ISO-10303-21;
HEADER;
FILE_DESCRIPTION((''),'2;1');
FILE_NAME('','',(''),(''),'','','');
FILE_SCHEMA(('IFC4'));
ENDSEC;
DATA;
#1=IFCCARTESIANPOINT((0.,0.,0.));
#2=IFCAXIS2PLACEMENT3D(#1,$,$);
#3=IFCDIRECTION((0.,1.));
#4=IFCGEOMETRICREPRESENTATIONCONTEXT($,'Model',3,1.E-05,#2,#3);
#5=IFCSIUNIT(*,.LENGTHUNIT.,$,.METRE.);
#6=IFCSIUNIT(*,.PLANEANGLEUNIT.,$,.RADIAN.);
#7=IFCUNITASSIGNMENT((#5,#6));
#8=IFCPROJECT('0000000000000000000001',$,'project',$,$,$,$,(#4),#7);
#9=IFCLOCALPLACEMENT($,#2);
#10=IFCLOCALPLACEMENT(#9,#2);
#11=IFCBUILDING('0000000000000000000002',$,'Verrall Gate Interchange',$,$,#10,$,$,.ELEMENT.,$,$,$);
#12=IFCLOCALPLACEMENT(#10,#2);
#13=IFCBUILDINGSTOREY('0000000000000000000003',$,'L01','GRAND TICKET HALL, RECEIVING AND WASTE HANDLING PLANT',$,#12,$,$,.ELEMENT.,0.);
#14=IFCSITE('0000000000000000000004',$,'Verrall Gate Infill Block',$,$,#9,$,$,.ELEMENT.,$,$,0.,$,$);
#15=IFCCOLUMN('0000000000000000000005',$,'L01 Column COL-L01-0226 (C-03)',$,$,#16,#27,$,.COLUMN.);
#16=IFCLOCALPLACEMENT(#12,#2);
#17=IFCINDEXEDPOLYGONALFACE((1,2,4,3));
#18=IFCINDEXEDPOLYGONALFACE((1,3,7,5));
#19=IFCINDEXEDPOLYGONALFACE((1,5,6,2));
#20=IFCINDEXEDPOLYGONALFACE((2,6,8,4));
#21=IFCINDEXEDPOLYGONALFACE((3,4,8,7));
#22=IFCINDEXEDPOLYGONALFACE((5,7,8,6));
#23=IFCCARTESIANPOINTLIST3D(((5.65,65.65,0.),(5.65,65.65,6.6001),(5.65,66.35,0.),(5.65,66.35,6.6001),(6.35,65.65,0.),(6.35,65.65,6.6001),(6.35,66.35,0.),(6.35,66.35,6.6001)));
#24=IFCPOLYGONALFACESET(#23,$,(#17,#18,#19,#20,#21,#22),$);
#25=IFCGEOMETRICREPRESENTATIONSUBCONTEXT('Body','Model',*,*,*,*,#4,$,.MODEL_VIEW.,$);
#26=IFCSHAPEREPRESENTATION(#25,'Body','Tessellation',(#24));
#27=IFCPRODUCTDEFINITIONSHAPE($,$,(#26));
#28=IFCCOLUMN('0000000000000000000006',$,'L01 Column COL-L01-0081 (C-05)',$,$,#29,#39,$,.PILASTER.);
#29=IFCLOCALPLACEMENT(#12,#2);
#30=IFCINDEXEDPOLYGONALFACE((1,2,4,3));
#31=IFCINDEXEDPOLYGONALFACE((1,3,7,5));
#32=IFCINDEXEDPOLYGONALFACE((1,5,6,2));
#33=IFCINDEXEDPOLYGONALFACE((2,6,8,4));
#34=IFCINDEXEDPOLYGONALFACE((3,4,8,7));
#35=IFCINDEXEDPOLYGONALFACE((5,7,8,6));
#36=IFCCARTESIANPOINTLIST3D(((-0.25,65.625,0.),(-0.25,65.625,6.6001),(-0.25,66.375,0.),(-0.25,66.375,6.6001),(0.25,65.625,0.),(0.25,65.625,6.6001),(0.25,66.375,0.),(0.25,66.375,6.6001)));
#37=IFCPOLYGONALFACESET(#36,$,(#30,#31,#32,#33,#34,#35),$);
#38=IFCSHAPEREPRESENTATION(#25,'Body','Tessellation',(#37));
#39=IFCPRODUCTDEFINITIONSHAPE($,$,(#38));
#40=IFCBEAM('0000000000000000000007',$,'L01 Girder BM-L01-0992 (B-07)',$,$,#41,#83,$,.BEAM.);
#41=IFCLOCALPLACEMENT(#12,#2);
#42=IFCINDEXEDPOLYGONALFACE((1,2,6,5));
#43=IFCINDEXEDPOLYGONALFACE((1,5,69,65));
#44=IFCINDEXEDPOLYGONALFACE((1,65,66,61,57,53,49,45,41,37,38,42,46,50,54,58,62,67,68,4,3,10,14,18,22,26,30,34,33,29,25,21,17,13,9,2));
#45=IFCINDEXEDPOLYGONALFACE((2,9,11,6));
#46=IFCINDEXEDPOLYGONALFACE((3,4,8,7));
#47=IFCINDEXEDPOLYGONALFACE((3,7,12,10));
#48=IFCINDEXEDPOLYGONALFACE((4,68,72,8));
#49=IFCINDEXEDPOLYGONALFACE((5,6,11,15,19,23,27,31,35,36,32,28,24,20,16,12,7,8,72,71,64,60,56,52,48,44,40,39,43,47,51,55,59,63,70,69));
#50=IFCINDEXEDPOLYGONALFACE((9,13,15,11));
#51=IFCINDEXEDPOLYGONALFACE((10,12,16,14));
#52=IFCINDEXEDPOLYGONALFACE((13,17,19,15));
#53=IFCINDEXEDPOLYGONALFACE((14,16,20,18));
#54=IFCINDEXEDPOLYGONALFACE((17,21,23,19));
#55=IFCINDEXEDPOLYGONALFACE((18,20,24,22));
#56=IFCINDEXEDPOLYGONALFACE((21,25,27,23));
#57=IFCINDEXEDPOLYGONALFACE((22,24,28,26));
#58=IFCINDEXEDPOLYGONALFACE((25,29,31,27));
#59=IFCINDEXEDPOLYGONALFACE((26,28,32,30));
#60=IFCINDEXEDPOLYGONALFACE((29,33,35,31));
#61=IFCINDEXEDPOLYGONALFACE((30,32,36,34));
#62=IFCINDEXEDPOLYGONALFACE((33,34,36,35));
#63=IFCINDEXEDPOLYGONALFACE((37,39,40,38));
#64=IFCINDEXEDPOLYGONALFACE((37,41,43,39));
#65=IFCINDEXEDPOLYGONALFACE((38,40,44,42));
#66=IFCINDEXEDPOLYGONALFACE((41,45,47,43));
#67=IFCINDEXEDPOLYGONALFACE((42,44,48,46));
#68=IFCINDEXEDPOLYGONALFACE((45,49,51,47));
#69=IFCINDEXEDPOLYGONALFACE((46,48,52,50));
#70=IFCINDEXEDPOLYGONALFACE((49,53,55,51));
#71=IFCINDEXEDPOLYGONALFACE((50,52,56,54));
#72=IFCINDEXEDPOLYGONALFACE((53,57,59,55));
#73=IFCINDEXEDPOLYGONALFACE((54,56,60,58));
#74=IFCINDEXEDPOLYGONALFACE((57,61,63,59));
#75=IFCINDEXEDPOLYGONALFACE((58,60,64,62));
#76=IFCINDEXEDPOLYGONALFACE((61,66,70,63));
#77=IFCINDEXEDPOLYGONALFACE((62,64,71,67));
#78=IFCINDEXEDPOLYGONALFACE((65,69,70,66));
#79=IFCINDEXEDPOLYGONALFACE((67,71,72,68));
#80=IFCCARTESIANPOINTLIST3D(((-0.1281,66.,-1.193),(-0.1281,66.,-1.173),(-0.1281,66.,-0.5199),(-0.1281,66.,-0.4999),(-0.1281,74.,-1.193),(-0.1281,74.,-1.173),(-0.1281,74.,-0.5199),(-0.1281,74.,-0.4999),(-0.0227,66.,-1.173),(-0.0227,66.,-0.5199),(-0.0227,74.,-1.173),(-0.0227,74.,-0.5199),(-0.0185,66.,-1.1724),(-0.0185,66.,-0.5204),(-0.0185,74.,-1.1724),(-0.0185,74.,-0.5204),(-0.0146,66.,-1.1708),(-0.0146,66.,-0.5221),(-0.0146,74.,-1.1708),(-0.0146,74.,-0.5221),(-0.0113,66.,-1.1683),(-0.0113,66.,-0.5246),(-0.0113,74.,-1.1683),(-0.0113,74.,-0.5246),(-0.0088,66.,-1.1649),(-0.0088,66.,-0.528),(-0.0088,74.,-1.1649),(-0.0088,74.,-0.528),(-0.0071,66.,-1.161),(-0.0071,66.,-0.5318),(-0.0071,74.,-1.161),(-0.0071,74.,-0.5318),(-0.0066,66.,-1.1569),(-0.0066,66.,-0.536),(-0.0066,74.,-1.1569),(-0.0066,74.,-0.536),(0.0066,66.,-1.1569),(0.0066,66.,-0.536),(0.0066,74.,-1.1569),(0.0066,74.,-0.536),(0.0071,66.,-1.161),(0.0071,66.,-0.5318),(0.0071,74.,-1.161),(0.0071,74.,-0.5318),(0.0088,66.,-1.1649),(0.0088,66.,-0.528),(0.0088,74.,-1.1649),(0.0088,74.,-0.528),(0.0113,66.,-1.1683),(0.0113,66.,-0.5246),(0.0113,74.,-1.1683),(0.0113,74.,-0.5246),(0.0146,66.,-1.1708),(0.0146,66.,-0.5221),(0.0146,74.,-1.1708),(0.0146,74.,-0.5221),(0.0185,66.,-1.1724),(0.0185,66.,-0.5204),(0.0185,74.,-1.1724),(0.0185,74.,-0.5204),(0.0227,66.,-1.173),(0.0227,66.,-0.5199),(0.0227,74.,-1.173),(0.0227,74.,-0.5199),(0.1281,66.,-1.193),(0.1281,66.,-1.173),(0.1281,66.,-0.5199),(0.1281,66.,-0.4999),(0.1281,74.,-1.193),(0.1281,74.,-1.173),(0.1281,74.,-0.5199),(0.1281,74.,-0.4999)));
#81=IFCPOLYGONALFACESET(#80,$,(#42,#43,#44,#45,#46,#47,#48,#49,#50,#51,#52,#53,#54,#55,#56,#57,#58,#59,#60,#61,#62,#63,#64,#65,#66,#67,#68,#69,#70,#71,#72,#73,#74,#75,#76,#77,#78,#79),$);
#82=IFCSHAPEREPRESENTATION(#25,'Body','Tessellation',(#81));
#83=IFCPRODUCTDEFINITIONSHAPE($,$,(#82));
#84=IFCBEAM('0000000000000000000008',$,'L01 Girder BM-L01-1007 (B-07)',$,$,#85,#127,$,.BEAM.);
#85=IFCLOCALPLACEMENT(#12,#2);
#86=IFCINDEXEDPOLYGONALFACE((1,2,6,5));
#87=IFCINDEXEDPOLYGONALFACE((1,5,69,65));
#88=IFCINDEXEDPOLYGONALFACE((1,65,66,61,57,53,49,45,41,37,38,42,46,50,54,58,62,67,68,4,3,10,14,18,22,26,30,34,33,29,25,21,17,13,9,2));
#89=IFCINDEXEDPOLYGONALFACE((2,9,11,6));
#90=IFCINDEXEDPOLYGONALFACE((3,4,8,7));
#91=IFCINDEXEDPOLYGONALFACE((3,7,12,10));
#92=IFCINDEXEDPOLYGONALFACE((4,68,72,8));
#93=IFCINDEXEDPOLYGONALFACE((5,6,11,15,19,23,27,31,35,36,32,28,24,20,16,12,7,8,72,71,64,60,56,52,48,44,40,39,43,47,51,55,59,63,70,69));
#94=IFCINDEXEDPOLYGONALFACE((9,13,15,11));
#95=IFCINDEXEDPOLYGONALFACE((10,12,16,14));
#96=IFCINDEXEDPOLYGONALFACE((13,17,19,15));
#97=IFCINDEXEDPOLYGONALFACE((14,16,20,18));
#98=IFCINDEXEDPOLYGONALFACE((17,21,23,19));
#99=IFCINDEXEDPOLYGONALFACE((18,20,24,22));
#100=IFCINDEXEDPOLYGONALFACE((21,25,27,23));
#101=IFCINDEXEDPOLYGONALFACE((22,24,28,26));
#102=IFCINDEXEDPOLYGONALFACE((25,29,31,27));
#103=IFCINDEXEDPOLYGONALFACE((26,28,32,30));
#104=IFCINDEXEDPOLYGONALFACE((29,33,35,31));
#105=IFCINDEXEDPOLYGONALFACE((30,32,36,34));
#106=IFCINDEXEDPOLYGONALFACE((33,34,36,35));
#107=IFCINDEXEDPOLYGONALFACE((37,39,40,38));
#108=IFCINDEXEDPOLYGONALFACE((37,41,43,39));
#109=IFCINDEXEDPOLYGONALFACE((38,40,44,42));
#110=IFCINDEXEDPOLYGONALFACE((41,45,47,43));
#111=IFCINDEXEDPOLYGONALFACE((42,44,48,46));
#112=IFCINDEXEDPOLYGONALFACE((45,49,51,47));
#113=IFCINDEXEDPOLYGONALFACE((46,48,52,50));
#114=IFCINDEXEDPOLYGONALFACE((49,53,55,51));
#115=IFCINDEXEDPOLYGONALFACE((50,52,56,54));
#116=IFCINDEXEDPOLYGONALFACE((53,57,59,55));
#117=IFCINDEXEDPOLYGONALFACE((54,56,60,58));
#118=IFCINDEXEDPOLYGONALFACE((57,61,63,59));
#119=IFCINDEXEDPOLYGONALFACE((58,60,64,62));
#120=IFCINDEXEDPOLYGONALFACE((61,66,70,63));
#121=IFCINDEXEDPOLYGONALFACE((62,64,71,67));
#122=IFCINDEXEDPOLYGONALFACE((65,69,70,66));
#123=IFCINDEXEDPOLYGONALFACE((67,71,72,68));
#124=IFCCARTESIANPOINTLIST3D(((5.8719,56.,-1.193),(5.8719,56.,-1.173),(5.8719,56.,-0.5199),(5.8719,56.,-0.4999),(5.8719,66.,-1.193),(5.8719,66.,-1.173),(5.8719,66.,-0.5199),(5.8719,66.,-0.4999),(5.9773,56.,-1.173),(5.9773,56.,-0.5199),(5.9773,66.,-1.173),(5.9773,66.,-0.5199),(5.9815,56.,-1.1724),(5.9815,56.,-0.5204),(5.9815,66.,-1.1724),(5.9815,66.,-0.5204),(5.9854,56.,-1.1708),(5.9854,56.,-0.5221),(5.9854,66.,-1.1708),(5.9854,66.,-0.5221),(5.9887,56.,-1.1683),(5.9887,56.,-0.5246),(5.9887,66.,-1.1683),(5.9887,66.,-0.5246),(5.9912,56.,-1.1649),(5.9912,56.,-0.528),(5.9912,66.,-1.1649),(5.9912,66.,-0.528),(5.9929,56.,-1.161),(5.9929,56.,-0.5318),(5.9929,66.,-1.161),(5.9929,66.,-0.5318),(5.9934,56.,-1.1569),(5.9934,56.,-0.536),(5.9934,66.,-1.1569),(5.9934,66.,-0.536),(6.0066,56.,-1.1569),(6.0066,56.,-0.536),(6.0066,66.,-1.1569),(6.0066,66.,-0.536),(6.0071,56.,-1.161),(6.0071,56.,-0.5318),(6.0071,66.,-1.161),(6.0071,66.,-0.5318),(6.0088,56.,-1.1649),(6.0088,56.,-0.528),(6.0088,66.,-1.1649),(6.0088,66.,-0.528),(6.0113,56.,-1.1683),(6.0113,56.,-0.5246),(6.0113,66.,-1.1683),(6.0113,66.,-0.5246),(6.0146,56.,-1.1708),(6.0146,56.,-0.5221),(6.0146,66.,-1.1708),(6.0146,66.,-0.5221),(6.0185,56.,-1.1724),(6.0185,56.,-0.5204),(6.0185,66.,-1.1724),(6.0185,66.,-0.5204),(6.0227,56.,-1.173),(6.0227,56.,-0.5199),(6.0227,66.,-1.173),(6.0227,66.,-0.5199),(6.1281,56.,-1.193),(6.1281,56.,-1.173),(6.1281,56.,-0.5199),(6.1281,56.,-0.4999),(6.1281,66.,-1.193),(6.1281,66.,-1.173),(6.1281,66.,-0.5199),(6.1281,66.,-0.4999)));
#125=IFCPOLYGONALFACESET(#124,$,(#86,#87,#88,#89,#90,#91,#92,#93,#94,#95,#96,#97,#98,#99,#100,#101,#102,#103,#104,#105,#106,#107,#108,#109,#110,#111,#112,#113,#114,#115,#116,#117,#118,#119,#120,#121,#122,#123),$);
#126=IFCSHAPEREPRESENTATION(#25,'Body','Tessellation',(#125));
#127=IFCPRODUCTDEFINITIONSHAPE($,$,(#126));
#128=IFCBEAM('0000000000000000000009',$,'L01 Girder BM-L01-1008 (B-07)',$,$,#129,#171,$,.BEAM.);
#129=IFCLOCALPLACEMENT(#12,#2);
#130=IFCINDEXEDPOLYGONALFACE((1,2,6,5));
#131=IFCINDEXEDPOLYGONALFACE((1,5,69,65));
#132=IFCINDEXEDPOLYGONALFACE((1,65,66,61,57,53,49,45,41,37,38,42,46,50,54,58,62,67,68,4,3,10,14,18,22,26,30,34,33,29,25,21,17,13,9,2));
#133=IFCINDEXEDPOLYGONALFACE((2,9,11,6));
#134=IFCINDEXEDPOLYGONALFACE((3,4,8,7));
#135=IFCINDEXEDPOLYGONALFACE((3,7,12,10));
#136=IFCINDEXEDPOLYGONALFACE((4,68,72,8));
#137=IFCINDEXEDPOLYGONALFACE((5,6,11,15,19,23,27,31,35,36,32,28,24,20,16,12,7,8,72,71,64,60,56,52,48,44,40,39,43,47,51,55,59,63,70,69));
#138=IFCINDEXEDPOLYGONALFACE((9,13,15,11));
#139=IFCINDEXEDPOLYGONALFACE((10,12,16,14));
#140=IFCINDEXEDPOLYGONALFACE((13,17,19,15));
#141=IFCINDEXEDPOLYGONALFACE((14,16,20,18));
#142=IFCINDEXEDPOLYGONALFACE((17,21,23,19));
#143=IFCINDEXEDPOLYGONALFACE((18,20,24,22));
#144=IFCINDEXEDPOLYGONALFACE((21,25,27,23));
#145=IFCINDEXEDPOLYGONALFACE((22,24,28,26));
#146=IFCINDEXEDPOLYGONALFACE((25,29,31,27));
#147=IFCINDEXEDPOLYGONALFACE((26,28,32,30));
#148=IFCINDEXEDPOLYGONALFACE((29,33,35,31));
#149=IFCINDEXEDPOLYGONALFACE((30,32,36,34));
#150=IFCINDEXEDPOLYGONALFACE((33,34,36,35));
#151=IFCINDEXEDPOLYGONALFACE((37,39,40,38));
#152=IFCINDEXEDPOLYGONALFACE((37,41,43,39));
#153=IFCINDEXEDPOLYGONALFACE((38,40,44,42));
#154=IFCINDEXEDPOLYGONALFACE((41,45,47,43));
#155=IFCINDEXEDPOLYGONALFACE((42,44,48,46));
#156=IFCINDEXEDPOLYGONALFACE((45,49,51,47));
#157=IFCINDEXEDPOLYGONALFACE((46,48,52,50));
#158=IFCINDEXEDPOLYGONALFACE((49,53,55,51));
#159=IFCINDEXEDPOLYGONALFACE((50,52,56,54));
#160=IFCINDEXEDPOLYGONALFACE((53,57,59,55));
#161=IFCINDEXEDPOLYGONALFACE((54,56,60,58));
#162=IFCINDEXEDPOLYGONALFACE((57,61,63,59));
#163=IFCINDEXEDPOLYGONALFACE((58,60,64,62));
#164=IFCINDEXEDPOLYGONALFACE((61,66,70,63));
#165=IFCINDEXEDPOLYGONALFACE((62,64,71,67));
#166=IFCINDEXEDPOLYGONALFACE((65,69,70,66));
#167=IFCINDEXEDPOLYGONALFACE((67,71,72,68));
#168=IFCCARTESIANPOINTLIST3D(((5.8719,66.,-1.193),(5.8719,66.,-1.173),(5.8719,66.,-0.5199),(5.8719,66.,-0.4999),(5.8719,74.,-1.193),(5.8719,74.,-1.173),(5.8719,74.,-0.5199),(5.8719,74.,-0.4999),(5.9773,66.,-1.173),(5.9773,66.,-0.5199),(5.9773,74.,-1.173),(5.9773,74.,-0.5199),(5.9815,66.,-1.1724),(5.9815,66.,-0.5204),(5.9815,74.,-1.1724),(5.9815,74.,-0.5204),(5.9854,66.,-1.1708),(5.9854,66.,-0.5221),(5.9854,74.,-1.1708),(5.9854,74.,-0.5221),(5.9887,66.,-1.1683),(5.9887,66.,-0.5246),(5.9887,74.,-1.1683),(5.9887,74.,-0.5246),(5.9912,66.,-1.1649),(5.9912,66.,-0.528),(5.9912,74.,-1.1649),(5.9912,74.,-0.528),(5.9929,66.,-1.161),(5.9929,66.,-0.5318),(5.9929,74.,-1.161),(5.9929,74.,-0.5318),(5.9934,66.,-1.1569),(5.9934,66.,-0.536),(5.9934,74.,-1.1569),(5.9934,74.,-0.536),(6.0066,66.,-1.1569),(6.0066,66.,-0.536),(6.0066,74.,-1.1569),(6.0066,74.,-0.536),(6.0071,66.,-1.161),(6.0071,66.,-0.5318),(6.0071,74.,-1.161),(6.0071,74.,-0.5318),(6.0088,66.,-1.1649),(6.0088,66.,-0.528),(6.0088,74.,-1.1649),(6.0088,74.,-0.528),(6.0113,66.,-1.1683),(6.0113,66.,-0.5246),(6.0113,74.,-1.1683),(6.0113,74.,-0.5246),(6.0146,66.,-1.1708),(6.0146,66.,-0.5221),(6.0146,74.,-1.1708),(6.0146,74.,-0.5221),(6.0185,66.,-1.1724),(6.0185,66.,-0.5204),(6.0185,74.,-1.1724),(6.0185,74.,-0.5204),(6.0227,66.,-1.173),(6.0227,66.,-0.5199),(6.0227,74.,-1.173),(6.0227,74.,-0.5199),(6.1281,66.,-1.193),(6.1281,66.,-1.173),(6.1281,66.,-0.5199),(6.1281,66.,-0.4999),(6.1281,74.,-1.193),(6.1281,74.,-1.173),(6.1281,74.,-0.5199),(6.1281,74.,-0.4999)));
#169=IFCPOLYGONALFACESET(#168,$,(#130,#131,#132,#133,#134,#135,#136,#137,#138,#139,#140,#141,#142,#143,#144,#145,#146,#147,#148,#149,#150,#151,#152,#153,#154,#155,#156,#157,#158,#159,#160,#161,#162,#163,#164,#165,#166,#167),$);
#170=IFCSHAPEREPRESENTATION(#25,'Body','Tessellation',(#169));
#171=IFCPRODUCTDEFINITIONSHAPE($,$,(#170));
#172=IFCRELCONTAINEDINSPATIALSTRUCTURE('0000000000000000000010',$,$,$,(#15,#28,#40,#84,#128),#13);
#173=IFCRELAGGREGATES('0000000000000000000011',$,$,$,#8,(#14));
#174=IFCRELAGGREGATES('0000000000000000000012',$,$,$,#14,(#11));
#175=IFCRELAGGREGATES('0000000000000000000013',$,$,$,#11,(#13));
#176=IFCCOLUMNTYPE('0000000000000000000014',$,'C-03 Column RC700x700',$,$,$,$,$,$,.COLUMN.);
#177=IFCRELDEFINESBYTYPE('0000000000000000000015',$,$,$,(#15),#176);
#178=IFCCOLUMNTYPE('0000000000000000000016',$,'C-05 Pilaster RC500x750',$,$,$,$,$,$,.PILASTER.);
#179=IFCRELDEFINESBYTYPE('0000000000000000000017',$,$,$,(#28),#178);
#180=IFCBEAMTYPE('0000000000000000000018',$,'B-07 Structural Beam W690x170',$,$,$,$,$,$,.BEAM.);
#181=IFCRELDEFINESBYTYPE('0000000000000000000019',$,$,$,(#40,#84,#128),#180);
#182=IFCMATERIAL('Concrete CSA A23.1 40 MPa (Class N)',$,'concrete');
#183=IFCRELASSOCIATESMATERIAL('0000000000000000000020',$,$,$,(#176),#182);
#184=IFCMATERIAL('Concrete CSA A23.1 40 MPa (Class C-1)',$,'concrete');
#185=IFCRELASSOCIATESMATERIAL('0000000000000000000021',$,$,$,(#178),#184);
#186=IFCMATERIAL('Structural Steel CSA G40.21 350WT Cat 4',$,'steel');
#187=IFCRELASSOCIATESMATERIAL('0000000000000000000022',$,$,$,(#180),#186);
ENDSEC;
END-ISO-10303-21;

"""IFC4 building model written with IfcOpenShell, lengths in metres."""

from ifc_helpers import new_model, si_unit, direction, frame, origin, origin_2d, place, context, subcontext, project, spatial, rectangle, i_section, extrude, material, material_profile, profile_set, type_object, element, save


model = new_model("IFC4")

# Units and contexts
model_context = context("Model", 3, precision=1e-05, world=origin(), true_north=direction((0.0, 1.0)))
body_context = subcontext(model_context, "Body", "Model", "MODEL_VIEW")
ifc_project = project(units=[si_unit("LENGTHUNIT", "METRE"), si_unit("PLANEANGLEUNIT", "RADIAN")], contexts=[model_context])

# Site, building, storey
site_placement = place(None, origin())
site = spatial("IfcSite", under=ifc_project, at=site_placement, Name="Verrall Gate Infill Block", CompositionType="ELEMENT", RefElevation=0.0)
building_placement = place(site_placement, origin())
building = spatial("IfcBuilding", under=site, at=building_placement, Name="Verrall Gate Interchange", CompositionType="ELEMENT")
storey_placement = place(building_placement, origin())
storey = spatial("IfcBuildingStorey", under=building, at=storey_placement, Name="L01", Description="GRAND TICKET HALL, RECEIVING AND WASTE HANDLING PLANT", CompositionType="ELEMENT", Elevation=0.0)

# Columns
ifc_material_1 = material(Name="Concrete CSA A23.1 40 MPa (Class N)", Category="concrete")
ifc_material_profile_1 = material_profile(ifc_material_1, rectangle(XDim=0.7, YDim=0.7, at=origin_2d()), Name="RC700x700")
ifc_profile_set_1 = profile_set([ifc_material_profile_1], Name="Concrete CSA A23.1 40 MPa (Class N)")
column_type_1 = type_object("IfcColumnType", Name="C-03 Column RC700x700", PredefinedType="COLUMN", material=ifc_profile_set_1)
column_1_placement = place(storey_placement, frame((6.0, 66.0, 0.0), z_axis=(0.0, 0.0, 1.0), x_axis=(1.0, 0.0, 0.0)))
element("IfcColumn", 1, at=column_1_placement, inside=storey, type_object=column_type_1, Name="L01 Column COL-L01-0226 (C-03)", PredefinedType="COLUMN", context=body_context, shape_type="SweptSolid", body=[
    extrude(rectangle(XDim=0.7, YDim=0.7, at=origin_2d()), origin(), (0.0, 0.0, 1.0), 6.6001),
])
ifc_material_2 = material(Name="Concrete CSA A23.1 40 MPa (Class C-1)", Category="concrete")
ifc_material_profile_2 = material_profile(ifc_material_2, rectangle(XDim=0.5, YDim=0.75, at=origin_2d()), Name="RC500x750")
ifc_profile_set_2 = profile_set([ifc_material_profile_2], Name="Concrete CSA A23.1 40 MPa (Class C-1)")
column_type_2 = type_object("IfcColumnType", Name="C-05 Pilaster RC500x750", PredefinedType="PILASTER", material=ifc_profile_set_2)
column_2_placement = place(storey_placement, frame((0.0, 66.0, 0.0), z_axis=(0.0, 0.0, 1.0), x_axis=(1.0, 0.0, 0.0)))
element("IfcColumn", 2, at=column_2_placement, inside=storey, type_object=column_type_2, Name="L01 Column COL-L01-0081 (C-05)", PredefinedType="PILASTER", context=body_context, shape_type="SweptSolid", body=[
    extrude(rectangle(XDim=0.5, YDim=0.75, at=origin_2d()), origin(), (0.0, 0.0, 1.0), 6.6001),
])

# Beams
ifc_material_3 = material(Name="Structural Steel CSA G40.21 350WT Cat 4", Category="steel")
ifc_material_profile_3 = material_profile(ifc_material_3, i_section(OverallWidth=0.2561, OverallDepth=0.6931, WebThickness=0.0132, FlangeThickness=0.02, FilletRadius=0.0161, at=origin_2d()), Name="W690x170")
ifc_profile_set_3 = profile_set([ifc_material_profile_3], Name="Structural Steel CSA G40.21 350WT Cat 4")
beam_type_1 = type_object("IfcBeamType", Name="B-07 Structural Beam W690x170", PredefinedType="BEAM", material=ifc_profile_set_3)
beam_1_placement = place(storey_placement, frame((0.0, 66.0, -0.8464), z_axis=(0.0, 1.0, 0.0), x_axis=(-1.0, 0.0, 0.0)))
element("IfcBeam", 3, at=beam_1_placement, inside=storey, type_object=beam_type_1, Name="L01 Girder BM-L01-0992 (B-07)", PredefinedType="BEAM", context=body_context, shape_type="SweptSolid", body=[
    extrude(i_section(OverallWidth=0.2561, OverallDepth=0.6931, WebThickness=0.0132, FlangeThickness=0.02, FilletRadius=0.0161, at=origin_2d()), origin(), (0.0, 0.0, 1.0), 8.0),
])
beam_2_placement = place(storey_placement, frame((6.0, 56.0, -0.8464), z_axis=(0.0, 1.0, 0.0), x_axis=(-1.0, 0.0, 0.0)))
element("IfcBeam", 4, at=beam_2_placement, inside=storey, type_object=beam_type_1, Name="L01 Girder BM-L01-1007 (B-07)", PredefinedType="BEAM", context=body_context, shape_type="SweptSolid", body=[
    extrude(i_section(OverallWidth=0.2561, OverallDepth=0.6931, WebThickness=0.0132, FlangeThickness=0.02, FilletRadius=0.0161, at=origin_2d()), origin(), (0.0, 0.0, 1.0), 10.0),
])
beam_3_placement = place(storey_placement, frame((6.0, 66.0, -0.8464), z_axis=(0.0, 1.0, 0.0), x_axis=(-1.0, 0.0, 0.0)))
element("IfcBeam", 5, at=beam_3_placement, inside=storey, type_object=beam_type_1, Name="L01 Girder BM-L01-1008 (B-07)", PredefinedType="BEAM", context=body_context, shape_type="SweptSolid", body=[
    extrude(i_section(OverallWidth=0.2561, OverallDepth=0.6931, WebThickness=0.0132, FlangeThickness=0.02, FilletRadius=0.0161, at=origin_2d()), origin(), (0.0, 0.0, 1.0), 8.0),
])

save(model, "model.ifc")
